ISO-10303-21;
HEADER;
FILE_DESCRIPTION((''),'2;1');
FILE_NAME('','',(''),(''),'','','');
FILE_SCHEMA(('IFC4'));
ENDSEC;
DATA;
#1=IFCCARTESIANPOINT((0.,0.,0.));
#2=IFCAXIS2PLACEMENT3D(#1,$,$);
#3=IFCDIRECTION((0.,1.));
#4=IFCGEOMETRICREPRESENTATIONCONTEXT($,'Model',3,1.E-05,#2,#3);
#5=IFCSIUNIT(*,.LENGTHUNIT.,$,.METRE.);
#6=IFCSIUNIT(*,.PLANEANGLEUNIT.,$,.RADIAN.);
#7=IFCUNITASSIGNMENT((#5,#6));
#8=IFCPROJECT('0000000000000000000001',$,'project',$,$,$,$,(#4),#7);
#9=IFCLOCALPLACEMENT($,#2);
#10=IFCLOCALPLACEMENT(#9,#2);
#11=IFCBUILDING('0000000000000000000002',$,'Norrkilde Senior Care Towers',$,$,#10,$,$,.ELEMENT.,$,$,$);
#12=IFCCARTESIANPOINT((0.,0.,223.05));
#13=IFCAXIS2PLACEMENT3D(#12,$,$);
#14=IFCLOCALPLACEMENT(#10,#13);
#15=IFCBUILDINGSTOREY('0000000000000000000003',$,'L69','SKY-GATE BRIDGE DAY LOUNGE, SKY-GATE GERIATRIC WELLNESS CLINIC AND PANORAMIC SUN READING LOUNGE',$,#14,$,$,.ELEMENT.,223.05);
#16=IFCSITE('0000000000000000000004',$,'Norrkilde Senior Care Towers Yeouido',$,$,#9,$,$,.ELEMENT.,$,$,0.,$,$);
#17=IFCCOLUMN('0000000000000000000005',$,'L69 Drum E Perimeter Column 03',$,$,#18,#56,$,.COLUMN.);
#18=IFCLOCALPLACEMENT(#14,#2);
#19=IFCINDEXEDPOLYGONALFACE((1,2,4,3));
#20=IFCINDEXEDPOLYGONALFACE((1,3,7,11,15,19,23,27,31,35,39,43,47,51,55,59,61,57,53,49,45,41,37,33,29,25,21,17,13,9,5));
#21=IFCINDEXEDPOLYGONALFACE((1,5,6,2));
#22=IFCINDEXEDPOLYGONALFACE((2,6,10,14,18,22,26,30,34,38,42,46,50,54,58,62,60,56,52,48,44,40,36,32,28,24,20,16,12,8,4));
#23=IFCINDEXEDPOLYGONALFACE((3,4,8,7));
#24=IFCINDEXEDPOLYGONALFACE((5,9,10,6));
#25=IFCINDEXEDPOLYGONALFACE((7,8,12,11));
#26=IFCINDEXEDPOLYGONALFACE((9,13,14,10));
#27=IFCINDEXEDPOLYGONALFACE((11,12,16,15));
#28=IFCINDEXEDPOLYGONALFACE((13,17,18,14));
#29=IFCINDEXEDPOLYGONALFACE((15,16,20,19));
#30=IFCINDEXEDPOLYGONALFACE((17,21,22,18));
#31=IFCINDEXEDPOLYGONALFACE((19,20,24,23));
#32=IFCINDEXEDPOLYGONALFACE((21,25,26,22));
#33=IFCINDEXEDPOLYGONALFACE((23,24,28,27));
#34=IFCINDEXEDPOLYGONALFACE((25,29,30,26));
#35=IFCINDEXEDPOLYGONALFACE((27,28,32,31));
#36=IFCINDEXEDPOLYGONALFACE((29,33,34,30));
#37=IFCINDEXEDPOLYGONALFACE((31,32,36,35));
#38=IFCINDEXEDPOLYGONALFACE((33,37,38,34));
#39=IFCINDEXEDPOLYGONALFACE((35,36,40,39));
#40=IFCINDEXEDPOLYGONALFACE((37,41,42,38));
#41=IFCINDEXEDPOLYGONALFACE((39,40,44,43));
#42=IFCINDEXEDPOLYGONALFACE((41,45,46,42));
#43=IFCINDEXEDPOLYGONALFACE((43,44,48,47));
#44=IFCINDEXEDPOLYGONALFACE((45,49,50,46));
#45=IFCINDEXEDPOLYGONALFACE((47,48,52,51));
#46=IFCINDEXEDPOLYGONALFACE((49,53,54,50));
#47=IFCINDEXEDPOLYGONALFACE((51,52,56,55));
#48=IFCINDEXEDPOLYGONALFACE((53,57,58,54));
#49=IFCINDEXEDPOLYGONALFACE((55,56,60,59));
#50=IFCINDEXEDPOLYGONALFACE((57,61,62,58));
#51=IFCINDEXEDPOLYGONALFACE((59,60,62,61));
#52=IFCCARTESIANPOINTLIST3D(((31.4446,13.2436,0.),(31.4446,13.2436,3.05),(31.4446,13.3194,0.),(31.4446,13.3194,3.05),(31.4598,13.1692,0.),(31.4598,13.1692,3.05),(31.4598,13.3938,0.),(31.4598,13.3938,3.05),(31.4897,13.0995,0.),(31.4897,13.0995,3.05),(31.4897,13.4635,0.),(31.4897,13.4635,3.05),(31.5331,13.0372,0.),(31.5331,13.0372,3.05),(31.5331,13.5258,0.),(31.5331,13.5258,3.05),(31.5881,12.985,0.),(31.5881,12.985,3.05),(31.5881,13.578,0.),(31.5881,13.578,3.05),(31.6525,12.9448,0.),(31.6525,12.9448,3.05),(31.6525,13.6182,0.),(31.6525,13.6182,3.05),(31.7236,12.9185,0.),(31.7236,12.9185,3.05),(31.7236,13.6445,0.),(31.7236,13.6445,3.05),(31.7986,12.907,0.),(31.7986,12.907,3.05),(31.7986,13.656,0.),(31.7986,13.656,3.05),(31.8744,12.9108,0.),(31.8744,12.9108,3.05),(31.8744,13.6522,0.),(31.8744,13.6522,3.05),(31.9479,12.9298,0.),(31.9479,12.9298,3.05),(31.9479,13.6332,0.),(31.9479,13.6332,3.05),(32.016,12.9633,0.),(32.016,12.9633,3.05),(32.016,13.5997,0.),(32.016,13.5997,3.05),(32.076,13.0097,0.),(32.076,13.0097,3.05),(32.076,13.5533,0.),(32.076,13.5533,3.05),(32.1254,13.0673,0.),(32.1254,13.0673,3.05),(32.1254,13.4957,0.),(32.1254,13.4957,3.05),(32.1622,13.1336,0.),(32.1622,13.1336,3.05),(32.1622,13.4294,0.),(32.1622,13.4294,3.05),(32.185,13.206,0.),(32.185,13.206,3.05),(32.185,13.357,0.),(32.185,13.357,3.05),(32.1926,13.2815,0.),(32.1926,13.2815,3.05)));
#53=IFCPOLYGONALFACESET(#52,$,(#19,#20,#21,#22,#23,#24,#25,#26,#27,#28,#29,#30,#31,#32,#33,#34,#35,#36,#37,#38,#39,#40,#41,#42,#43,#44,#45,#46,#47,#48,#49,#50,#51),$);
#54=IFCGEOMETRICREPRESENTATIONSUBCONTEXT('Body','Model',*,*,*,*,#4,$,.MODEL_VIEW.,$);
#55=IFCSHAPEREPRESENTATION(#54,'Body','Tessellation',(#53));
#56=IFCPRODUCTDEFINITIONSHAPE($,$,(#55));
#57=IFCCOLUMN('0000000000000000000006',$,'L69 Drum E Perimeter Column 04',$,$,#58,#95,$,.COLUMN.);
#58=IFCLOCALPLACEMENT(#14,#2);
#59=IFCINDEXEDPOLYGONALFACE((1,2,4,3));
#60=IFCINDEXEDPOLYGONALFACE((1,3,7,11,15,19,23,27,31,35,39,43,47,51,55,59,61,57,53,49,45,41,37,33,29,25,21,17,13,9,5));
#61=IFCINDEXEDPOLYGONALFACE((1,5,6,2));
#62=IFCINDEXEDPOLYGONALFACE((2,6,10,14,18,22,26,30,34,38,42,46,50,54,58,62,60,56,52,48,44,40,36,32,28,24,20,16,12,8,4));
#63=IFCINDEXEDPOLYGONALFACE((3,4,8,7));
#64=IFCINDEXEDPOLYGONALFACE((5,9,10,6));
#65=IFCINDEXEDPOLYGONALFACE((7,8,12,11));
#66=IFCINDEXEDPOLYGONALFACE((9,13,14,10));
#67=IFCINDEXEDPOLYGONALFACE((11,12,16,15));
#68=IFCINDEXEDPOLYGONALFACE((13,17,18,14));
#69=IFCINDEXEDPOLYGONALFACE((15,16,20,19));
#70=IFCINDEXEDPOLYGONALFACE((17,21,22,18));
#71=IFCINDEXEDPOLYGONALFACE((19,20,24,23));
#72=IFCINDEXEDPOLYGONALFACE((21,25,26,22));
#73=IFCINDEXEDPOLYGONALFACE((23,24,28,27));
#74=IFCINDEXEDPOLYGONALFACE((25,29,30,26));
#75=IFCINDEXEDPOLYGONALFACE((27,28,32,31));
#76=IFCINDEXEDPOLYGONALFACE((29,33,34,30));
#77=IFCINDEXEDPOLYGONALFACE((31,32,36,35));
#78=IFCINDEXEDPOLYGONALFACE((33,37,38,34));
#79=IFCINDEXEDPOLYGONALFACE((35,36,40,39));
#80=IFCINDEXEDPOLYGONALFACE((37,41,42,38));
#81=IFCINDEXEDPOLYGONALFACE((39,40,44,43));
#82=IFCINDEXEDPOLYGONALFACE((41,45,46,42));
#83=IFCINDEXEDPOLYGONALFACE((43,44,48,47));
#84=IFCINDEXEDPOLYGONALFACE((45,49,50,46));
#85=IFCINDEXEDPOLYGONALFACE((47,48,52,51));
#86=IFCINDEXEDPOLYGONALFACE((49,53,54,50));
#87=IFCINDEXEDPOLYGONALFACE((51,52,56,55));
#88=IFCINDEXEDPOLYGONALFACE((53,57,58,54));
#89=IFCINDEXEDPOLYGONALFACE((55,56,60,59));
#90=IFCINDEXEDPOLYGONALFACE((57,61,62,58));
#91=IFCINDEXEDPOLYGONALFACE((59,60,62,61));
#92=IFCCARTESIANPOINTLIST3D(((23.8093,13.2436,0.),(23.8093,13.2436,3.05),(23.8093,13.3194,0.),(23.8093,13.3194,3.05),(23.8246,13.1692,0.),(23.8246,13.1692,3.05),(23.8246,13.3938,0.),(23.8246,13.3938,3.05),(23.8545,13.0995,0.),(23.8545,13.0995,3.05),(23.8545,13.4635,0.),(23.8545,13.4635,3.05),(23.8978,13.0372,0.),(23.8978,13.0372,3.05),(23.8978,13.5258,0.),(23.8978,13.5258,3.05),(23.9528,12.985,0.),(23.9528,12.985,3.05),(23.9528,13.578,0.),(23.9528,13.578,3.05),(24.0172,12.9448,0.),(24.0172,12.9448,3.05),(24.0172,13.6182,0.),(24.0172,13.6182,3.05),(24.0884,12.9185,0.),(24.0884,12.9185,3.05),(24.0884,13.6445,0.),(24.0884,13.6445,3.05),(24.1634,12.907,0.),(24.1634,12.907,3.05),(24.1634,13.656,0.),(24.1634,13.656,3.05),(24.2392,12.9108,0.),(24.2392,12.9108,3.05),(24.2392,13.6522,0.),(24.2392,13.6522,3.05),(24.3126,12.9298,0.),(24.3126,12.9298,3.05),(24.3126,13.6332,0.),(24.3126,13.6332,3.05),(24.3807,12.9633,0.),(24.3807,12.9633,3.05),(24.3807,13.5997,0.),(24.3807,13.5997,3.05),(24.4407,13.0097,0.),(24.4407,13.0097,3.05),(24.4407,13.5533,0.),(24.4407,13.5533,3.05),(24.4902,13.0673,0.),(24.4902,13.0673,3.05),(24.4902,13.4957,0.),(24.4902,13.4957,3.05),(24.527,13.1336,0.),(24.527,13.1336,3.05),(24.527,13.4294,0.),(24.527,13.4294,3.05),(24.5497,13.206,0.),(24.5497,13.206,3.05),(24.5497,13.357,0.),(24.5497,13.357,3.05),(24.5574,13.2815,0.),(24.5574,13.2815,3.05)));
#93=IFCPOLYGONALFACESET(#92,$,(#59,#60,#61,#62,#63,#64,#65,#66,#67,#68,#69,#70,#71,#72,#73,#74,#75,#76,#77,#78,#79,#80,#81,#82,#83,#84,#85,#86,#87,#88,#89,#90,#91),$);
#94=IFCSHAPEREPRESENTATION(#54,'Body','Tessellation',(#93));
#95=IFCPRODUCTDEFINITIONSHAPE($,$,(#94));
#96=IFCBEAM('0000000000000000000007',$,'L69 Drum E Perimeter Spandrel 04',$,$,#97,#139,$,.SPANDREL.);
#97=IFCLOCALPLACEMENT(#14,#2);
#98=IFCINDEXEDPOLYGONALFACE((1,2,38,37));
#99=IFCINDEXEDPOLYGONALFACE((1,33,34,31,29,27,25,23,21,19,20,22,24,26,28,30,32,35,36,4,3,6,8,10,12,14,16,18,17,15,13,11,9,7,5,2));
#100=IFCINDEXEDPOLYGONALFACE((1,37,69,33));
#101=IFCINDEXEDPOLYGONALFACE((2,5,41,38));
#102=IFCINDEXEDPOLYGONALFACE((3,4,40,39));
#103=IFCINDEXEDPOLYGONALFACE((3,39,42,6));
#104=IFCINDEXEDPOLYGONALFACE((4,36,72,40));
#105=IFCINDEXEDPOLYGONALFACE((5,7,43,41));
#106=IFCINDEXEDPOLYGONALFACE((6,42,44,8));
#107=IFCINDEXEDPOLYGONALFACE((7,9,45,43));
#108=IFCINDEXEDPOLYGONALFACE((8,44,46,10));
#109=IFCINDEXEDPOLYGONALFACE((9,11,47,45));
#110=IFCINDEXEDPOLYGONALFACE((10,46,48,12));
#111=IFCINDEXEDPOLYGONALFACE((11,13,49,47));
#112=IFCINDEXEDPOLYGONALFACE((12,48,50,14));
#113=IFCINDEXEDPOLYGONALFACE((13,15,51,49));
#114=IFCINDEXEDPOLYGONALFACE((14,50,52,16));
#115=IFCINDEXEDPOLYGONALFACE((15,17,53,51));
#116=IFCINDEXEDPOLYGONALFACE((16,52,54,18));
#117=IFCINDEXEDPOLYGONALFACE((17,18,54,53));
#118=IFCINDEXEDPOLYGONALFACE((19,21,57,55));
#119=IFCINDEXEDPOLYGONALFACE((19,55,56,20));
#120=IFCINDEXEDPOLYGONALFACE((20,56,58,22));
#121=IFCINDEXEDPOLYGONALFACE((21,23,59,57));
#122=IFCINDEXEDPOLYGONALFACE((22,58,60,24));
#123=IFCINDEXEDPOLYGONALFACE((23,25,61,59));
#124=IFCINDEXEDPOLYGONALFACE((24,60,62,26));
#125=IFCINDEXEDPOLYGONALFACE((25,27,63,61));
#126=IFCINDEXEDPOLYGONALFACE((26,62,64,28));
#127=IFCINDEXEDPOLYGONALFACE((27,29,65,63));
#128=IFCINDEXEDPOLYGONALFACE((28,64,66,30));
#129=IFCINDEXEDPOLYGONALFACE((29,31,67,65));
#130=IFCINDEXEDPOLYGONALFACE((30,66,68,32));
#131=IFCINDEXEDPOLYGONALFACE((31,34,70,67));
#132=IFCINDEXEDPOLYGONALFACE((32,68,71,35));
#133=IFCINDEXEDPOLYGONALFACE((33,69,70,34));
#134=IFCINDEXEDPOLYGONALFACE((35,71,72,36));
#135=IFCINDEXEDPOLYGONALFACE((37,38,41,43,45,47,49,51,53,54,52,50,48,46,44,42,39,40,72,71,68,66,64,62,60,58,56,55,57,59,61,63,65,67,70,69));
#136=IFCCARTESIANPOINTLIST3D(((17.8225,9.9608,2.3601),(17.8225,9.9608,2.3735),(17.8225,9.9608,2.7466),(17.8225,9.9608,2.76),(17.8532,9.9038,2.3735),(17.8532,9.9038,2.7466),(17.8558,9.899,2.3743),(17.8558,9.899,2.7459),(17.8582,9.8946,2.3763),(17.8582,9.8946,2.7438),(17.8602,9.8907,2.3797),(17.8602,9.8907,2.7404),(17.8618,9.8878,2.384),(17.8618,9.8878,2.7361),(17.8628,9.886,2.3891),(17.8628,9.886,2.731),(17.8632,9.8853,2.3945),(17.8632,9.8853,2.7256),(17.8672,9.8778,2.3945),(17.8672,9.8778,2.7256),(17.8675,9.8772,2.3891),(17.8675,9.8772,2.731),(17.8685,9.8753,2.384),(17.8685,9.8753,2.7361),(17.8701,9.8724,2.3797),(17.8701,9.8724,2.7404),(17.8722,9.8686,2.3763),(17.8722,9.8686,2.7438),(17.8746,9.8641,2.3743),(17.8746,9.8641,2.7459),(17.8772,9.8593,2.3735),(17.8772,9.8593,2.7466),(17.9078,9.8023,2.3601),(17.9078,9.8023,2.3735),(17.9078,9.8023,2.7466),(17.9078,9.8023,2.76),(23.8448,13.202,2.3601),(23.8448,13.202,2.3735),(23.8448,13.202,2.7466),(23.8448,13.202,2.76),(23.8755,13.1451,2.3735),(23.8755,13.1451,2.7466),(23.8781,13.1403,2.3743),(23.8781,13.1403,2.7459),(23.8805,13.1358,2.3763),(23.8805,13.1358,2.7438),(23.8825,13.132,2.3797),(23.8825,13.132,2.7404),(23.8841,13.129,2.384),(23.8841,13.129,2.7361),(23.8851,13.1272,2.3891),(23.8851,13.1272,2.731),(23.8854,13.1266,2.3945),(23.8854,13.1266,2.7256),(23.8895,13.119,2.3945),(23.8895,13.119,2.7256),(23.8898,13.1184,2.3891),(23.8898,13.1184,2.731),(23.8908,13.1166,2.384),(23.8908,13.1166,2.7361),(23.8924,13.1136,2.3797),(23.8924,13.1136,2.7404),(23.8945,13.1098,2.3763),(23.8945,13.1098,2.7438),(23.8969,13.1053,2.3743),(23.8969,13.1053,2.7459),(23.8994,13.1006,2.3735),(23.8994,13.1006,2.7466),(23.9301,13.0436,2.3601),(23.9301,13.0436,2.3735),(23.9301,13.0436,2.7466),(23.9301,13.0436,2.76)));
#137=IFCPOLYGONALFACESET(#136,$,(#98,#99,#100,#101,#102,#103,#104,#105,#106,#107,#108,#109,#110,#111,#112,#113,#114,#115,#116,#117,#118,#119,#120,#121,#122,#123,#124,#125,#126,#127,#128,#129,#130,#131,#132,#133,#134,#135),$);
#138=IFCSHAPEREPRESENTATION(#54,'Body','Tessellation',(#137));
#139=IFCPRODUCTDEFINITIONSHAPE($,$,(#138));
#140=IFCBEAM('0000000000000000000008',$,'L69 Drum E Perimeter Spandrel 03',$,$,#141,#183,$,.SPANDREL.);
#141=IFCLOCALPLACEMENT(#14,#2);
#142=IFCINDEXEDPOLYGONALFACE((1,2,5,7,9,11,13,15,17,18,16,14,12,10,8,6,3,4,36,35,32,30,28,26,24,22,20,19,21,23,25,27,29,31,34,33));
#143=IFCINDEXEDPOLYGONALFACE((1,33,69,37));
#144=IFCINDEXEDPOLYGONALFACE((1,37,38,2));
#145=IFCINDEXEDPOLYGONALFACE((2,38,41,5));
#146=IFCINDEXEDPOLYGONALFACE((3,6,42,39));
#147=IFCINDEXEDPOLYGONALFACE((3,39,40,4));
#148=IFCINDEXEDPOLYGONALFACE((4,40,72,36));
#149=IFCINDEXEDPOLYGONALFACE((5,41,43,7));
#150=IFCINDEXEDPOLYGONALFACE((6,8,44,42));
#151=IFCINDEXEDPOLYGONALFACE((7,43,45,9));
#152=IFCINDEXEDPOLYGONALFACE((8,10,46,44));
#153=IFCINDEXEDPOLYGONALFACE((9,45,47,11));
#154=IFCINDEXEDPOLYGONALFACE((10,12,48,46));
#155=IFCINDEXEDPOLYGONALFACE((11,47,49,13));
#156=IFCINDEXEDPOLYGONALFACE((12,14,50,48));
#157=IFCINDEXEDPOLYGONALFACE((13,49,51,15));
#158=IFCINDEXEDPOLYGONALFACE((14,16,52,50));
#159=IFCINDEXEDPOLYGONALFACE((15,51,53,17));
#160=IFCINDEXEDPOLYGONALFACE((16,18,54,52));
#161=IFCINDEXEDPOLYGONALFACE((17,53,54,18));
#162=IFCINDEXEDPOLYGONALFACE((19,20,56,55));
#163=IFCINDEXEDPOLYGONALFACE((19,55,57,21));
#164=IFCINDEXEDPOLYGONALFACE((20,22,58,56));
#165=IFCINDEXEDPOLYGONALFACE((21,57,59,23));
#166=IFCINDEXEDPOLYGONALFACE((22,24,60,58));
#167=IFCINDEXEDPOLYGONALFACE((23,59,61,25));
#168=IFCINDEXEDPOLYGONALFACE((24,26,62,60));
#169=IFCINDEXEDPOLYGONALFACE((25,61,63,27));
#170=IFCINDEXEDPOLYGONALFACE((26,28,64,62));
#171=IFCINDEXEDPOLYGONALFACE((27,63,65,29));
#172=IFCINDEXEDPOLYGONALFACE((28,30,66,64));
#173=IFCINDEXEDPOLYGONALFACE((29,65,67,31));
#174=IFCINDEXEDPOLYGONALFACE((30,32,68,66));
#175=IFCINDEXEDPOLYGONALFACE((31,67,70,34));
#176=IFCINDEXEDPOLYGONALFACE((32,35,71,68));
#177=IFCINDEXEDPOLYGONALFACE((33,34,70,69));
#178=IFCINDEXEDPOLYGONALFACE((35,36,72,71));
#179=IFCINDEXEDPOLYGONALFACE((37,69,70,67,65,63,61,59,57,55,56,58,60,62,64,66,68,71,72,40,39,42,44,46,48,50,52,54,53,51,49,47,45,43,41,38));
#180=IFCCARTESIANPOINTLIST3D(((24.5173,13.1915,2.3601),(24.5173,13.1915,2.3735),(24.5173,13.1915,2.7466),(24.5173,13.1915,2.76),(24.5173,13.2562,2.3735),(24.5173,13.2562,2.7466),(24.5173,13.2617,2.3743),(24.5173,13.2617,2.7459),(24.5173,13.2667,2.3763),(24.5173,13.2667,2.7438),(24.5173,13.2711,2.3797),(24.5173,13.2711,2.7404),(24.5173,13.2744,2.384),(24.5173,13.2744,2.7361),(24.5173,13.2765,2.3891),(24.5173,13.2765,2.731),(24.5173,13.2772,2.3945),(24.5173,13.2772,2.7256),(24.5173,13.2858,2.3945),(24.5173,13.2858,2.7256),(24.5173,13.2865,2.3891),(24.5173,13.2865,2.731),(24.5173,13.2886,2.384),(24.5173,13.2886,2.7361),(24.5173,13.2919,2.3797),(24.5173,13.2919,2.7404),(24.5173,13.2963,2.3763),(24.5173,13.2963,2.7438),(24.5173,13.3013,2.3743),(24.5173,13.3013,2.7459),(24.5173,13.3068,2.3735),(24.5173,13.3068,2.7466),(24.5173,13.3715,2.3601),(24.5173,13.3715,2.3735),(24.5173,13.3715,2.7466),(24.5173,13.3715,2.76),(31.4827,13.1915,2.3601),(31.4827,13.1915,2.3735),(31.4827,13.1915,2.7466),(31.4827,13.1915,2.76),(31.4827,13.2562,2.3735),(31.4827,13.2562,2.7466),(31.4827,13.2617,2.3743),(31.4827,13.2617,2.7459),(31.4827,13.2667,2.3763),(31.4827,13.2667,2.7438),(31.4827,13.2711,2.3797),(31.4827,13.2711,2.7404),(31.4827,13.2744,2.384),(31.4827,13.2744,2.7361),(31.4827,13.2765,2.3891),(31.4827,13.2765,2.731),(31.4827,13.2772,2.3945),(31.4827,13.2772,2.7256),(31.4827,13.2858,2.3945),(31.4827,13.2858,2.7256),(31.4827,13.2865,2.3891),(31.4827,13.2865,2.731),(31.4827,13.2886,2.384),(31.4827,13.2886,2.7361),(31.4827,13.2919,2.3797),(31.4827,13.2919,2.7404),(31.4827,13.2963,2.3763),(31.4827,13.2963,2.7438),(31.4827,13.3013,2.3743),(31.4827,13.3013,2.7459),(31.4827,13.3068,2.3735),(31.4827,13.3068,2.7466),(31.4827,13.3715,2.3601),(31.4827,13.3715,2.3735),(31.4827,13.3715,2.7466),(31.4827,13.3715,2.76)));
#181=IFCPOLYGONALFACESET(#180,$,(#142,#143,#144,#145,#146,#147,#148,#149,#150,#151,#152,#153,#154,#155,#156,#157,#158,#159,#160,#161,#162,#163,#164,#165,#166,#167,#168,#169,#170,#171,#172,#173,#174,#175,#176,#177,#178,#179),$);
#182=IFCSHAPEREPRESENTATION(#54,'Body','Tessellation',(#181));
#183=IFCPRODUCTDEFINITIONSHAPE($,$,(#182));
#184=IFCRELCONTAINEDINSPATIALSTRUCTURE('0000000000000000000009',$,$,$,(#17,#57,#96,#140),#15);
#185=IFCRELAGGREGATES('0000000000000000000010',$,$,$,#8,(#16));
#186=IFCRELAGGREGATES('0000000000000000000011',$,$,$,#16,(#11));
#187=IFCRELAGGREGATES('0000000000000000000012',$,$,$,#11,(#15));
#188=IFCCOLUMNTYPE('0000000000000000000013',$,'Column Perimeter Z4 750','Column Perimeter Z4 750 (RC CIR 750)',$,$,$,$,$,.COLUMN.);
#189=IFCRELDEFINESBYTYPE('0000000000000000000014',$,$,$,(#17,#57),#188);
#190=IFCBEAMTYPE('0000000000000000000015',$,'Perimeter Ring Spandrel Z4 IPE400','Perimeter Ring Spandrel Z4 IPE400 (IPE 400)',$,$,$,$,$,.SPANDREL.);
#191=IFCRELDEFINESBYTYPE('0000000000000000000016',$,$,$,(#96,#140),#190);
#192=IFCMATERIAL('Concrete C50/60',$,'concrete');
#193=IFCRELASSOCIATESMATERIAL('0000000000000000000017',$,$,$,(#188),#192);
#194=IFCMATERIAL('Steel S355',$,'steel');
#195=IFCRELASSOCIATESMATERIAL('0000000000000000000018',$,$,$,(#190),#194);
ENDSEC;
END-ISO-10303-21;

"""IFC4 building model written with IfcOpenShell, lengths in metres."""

from ifc_helpers import new_model, si_unit, direction, frame, origin, origin_2d, place, context, subcontext, project, spatial, circle, i_section, extrude, source, transform, mapped, material, material_profile, profile_set, type_object, type_shapes, element, save


model = new_model("IFC4")

# Units and contexts
model_context = context("Model", 3, precision=1e-05, world=origin(), true_north=direction((0.0, 1.0)))
body_context = subcontext(model_context, "Body", "Model", "MODEL_VIEW")
ifc_project = project(units=[si_unit("LENGTHUNIT", "METRE"), si_unit("PLANEANGLEUNIT", "RADIAN")], contexts=[model_context])

# Site, building, storey
site_placement = place(None, origin())
site = spatial("IfcSite", under=ifc_project, at=site_placement, Name="Norrkilde Senior Care Towers Yeouido", CompositionType="ELEMENT", RefElevation=0.0)
building_placement = place(site_placement, origin())
building = spatial("IfcBuilding", under=site, at=building_placement, Name="Norrkilde Senior Care Towers", CompositionType="ELEMENT")
storey_placement = place(building_placement, frame((0.0, 0.0, 223.05)))
storey = spatial("IfcBuildingStorey", under=building, at=storey_placement, Name="L69", Description="SKY-GATE BRIDGE DAY LOUNGE, SKY-GATE GERIATRIC WELLNESS CLINIC AND PANORAMIC SUN READING LOUNGE", CompositionType="ELEMENT", Elevation=223.05)

# Columns
ifc_material_1 = material(Name="Concrete C50/60", Category="concrete")
ifc_material_profile_1 = material_profile(ifc_material_1, circle(Radius=0.375, at=origin_2d()), Name="RC CIR 750")
ifc_profile_set_1 = profile_set([ifc_material_profile_1], Name="Concrete C50/60")
column_type = type_object("IfcColumnType", Name="Column Perimeter Z4 750", Description="Column Perimeter Z4 750 (RC CIR 750)", PredefinedType="COLUMN", material=ifc_profile_set_1)
shared_shape_1 = source(origin(), body_context, "Body", "SweptSolid", [
    extrude(circle(Radius=0.375, at=origin_2d()), origin(), (0.0, 0.0, 1.0), 3.05),
])
type_shapes(column_type, [shared_shape_1])
for number, where, z_axis, x_axis, name in (
    (1, (31.8176, 13.2815, 0.0), (0.0, 0.0, 1.0), (1.0, 0.0, 0.0), "L69 Drum E Perimeter Column 03"),
    (2, (24.1824, 13.2815, 0.0), (0.0, 0.0, 1.0), (1.0, 0.0, 0.0), "L69 Drum E Perimeter Column 04"),
):
    element("IfcColumn", number, at=place(storey_placement, frame(where, z_axis=z_axis, x_axis=x_axis)), inside=storey, type_object=column_type, Name=name, PredefinedType="COLUMN", context=body_context, shape_type="MappedRepresentation", body=[
        mapped(shared_shape_1, transform((0.0, 0.0, 0.0), x_axis=(1.0, 0.0, 0.0), y_axis=(0.0, 1.0, 0.0), z_axis=(0.0, 0.0, 1.0), scale=1.0)),
    ])

# Beams
ifc_material_2 = material(Name="Steel S355", Category="steel")
ifc_material_profile_2 = material_profile(ifc_material_2, i_section(OverallWidth=0.1799, OverallDepth=0.3999, WebThickness=0.0085, FlangeThickness=0.0134, FilletRadius=0.021, at=origin_2d()), Name="IPE 400")
ifc_profile_set_2 = profile_set([ifc_material_profile_2], Name="Steel S355")
beam_type_1 = type_object("IfcBeamType", Name="Perimeter Ring Spandrel Z4 IPE400", Description="Perimeter Ring Spandrel Z4 IPE400 (IPE 400)", PredefinedType="SPANDREL", material=ifc_profile_set_2)
shared_shape_2 = source(origin(), body_context, "Body", "SweptSolid", [
    extrude(i_section(OverallWidth=0.1799, OverallDepth=0.3999, WebThickness=0.0085, FlangeThickness=0.0134, FilletRadius=0.021, at=origin_2d()), origin(), (0.0, 0.0, 1.0), 6.8391),
])
beam_1_placement = place(storey_placement, frame((23.8875, 13.1228, 2.5601), z_axis=(-0.880564, -0.473927, 0.0), x_axis=(0.473927, -0.880564, 0.0)))
element("IfcBeam", 3, at=beam_1_placement, inside=storey, type_object=beam_type_1, Name="L69 Drum E Perimeter Spandrel 04", PredefinedType="SPANDREL", context=body_context, shape_type="MappedRepresentation", body=[
    mapped(shared_shape_2, transform((0.0, 0.0, 0.0), x_axis=(1.0, 0.0, 0.0), y_axis=(0.0, 1.0, 0.0), z_axis=(0.0, 0.0, 1.0), scale=1.0)),
])
shared_shape_3 = source(origin(), body_context, "Body", "SweptSolid", [
    extrude(i_section(OverallWidth=0.1799, OverallDepth=0.3999, WebThickness=0.0085, FlangeThickness=0.0134, FilletRadius=0.021, at=origin_2d()), origin(), (0.0, 0.0, 1.0), 6.9653),
])
type_shapes(beam_type_1, [shared_shape_2, shared_shape_3])
beam_2_placement = place(storey_placement, frame((31.4827, 13.2815, 2.5601), z_axis=(-1.0, 0.0, 0.0), x_axis=(0.0, -1.0, 0.0)))
element("IfcBeam", 4, at=beam_2_placement, inside=storey, type_object=beam_type_1, Name="L69 Drum E Perimeter Spandrel 03", PredefinedType="SPANDREL", context=body_context, shape_type="MappedRepresentation", body=[
    mapped(shared_shape_3, transform((0.0, 0.0, 0.0), x_axis=(1.0, 0.0, 0.0), y_axis=(0.0, 1.0, 0.0), z_axis=(0.0, 0.0, 1.0), scale=1.0)),
])

save(model, "model.ifc")
